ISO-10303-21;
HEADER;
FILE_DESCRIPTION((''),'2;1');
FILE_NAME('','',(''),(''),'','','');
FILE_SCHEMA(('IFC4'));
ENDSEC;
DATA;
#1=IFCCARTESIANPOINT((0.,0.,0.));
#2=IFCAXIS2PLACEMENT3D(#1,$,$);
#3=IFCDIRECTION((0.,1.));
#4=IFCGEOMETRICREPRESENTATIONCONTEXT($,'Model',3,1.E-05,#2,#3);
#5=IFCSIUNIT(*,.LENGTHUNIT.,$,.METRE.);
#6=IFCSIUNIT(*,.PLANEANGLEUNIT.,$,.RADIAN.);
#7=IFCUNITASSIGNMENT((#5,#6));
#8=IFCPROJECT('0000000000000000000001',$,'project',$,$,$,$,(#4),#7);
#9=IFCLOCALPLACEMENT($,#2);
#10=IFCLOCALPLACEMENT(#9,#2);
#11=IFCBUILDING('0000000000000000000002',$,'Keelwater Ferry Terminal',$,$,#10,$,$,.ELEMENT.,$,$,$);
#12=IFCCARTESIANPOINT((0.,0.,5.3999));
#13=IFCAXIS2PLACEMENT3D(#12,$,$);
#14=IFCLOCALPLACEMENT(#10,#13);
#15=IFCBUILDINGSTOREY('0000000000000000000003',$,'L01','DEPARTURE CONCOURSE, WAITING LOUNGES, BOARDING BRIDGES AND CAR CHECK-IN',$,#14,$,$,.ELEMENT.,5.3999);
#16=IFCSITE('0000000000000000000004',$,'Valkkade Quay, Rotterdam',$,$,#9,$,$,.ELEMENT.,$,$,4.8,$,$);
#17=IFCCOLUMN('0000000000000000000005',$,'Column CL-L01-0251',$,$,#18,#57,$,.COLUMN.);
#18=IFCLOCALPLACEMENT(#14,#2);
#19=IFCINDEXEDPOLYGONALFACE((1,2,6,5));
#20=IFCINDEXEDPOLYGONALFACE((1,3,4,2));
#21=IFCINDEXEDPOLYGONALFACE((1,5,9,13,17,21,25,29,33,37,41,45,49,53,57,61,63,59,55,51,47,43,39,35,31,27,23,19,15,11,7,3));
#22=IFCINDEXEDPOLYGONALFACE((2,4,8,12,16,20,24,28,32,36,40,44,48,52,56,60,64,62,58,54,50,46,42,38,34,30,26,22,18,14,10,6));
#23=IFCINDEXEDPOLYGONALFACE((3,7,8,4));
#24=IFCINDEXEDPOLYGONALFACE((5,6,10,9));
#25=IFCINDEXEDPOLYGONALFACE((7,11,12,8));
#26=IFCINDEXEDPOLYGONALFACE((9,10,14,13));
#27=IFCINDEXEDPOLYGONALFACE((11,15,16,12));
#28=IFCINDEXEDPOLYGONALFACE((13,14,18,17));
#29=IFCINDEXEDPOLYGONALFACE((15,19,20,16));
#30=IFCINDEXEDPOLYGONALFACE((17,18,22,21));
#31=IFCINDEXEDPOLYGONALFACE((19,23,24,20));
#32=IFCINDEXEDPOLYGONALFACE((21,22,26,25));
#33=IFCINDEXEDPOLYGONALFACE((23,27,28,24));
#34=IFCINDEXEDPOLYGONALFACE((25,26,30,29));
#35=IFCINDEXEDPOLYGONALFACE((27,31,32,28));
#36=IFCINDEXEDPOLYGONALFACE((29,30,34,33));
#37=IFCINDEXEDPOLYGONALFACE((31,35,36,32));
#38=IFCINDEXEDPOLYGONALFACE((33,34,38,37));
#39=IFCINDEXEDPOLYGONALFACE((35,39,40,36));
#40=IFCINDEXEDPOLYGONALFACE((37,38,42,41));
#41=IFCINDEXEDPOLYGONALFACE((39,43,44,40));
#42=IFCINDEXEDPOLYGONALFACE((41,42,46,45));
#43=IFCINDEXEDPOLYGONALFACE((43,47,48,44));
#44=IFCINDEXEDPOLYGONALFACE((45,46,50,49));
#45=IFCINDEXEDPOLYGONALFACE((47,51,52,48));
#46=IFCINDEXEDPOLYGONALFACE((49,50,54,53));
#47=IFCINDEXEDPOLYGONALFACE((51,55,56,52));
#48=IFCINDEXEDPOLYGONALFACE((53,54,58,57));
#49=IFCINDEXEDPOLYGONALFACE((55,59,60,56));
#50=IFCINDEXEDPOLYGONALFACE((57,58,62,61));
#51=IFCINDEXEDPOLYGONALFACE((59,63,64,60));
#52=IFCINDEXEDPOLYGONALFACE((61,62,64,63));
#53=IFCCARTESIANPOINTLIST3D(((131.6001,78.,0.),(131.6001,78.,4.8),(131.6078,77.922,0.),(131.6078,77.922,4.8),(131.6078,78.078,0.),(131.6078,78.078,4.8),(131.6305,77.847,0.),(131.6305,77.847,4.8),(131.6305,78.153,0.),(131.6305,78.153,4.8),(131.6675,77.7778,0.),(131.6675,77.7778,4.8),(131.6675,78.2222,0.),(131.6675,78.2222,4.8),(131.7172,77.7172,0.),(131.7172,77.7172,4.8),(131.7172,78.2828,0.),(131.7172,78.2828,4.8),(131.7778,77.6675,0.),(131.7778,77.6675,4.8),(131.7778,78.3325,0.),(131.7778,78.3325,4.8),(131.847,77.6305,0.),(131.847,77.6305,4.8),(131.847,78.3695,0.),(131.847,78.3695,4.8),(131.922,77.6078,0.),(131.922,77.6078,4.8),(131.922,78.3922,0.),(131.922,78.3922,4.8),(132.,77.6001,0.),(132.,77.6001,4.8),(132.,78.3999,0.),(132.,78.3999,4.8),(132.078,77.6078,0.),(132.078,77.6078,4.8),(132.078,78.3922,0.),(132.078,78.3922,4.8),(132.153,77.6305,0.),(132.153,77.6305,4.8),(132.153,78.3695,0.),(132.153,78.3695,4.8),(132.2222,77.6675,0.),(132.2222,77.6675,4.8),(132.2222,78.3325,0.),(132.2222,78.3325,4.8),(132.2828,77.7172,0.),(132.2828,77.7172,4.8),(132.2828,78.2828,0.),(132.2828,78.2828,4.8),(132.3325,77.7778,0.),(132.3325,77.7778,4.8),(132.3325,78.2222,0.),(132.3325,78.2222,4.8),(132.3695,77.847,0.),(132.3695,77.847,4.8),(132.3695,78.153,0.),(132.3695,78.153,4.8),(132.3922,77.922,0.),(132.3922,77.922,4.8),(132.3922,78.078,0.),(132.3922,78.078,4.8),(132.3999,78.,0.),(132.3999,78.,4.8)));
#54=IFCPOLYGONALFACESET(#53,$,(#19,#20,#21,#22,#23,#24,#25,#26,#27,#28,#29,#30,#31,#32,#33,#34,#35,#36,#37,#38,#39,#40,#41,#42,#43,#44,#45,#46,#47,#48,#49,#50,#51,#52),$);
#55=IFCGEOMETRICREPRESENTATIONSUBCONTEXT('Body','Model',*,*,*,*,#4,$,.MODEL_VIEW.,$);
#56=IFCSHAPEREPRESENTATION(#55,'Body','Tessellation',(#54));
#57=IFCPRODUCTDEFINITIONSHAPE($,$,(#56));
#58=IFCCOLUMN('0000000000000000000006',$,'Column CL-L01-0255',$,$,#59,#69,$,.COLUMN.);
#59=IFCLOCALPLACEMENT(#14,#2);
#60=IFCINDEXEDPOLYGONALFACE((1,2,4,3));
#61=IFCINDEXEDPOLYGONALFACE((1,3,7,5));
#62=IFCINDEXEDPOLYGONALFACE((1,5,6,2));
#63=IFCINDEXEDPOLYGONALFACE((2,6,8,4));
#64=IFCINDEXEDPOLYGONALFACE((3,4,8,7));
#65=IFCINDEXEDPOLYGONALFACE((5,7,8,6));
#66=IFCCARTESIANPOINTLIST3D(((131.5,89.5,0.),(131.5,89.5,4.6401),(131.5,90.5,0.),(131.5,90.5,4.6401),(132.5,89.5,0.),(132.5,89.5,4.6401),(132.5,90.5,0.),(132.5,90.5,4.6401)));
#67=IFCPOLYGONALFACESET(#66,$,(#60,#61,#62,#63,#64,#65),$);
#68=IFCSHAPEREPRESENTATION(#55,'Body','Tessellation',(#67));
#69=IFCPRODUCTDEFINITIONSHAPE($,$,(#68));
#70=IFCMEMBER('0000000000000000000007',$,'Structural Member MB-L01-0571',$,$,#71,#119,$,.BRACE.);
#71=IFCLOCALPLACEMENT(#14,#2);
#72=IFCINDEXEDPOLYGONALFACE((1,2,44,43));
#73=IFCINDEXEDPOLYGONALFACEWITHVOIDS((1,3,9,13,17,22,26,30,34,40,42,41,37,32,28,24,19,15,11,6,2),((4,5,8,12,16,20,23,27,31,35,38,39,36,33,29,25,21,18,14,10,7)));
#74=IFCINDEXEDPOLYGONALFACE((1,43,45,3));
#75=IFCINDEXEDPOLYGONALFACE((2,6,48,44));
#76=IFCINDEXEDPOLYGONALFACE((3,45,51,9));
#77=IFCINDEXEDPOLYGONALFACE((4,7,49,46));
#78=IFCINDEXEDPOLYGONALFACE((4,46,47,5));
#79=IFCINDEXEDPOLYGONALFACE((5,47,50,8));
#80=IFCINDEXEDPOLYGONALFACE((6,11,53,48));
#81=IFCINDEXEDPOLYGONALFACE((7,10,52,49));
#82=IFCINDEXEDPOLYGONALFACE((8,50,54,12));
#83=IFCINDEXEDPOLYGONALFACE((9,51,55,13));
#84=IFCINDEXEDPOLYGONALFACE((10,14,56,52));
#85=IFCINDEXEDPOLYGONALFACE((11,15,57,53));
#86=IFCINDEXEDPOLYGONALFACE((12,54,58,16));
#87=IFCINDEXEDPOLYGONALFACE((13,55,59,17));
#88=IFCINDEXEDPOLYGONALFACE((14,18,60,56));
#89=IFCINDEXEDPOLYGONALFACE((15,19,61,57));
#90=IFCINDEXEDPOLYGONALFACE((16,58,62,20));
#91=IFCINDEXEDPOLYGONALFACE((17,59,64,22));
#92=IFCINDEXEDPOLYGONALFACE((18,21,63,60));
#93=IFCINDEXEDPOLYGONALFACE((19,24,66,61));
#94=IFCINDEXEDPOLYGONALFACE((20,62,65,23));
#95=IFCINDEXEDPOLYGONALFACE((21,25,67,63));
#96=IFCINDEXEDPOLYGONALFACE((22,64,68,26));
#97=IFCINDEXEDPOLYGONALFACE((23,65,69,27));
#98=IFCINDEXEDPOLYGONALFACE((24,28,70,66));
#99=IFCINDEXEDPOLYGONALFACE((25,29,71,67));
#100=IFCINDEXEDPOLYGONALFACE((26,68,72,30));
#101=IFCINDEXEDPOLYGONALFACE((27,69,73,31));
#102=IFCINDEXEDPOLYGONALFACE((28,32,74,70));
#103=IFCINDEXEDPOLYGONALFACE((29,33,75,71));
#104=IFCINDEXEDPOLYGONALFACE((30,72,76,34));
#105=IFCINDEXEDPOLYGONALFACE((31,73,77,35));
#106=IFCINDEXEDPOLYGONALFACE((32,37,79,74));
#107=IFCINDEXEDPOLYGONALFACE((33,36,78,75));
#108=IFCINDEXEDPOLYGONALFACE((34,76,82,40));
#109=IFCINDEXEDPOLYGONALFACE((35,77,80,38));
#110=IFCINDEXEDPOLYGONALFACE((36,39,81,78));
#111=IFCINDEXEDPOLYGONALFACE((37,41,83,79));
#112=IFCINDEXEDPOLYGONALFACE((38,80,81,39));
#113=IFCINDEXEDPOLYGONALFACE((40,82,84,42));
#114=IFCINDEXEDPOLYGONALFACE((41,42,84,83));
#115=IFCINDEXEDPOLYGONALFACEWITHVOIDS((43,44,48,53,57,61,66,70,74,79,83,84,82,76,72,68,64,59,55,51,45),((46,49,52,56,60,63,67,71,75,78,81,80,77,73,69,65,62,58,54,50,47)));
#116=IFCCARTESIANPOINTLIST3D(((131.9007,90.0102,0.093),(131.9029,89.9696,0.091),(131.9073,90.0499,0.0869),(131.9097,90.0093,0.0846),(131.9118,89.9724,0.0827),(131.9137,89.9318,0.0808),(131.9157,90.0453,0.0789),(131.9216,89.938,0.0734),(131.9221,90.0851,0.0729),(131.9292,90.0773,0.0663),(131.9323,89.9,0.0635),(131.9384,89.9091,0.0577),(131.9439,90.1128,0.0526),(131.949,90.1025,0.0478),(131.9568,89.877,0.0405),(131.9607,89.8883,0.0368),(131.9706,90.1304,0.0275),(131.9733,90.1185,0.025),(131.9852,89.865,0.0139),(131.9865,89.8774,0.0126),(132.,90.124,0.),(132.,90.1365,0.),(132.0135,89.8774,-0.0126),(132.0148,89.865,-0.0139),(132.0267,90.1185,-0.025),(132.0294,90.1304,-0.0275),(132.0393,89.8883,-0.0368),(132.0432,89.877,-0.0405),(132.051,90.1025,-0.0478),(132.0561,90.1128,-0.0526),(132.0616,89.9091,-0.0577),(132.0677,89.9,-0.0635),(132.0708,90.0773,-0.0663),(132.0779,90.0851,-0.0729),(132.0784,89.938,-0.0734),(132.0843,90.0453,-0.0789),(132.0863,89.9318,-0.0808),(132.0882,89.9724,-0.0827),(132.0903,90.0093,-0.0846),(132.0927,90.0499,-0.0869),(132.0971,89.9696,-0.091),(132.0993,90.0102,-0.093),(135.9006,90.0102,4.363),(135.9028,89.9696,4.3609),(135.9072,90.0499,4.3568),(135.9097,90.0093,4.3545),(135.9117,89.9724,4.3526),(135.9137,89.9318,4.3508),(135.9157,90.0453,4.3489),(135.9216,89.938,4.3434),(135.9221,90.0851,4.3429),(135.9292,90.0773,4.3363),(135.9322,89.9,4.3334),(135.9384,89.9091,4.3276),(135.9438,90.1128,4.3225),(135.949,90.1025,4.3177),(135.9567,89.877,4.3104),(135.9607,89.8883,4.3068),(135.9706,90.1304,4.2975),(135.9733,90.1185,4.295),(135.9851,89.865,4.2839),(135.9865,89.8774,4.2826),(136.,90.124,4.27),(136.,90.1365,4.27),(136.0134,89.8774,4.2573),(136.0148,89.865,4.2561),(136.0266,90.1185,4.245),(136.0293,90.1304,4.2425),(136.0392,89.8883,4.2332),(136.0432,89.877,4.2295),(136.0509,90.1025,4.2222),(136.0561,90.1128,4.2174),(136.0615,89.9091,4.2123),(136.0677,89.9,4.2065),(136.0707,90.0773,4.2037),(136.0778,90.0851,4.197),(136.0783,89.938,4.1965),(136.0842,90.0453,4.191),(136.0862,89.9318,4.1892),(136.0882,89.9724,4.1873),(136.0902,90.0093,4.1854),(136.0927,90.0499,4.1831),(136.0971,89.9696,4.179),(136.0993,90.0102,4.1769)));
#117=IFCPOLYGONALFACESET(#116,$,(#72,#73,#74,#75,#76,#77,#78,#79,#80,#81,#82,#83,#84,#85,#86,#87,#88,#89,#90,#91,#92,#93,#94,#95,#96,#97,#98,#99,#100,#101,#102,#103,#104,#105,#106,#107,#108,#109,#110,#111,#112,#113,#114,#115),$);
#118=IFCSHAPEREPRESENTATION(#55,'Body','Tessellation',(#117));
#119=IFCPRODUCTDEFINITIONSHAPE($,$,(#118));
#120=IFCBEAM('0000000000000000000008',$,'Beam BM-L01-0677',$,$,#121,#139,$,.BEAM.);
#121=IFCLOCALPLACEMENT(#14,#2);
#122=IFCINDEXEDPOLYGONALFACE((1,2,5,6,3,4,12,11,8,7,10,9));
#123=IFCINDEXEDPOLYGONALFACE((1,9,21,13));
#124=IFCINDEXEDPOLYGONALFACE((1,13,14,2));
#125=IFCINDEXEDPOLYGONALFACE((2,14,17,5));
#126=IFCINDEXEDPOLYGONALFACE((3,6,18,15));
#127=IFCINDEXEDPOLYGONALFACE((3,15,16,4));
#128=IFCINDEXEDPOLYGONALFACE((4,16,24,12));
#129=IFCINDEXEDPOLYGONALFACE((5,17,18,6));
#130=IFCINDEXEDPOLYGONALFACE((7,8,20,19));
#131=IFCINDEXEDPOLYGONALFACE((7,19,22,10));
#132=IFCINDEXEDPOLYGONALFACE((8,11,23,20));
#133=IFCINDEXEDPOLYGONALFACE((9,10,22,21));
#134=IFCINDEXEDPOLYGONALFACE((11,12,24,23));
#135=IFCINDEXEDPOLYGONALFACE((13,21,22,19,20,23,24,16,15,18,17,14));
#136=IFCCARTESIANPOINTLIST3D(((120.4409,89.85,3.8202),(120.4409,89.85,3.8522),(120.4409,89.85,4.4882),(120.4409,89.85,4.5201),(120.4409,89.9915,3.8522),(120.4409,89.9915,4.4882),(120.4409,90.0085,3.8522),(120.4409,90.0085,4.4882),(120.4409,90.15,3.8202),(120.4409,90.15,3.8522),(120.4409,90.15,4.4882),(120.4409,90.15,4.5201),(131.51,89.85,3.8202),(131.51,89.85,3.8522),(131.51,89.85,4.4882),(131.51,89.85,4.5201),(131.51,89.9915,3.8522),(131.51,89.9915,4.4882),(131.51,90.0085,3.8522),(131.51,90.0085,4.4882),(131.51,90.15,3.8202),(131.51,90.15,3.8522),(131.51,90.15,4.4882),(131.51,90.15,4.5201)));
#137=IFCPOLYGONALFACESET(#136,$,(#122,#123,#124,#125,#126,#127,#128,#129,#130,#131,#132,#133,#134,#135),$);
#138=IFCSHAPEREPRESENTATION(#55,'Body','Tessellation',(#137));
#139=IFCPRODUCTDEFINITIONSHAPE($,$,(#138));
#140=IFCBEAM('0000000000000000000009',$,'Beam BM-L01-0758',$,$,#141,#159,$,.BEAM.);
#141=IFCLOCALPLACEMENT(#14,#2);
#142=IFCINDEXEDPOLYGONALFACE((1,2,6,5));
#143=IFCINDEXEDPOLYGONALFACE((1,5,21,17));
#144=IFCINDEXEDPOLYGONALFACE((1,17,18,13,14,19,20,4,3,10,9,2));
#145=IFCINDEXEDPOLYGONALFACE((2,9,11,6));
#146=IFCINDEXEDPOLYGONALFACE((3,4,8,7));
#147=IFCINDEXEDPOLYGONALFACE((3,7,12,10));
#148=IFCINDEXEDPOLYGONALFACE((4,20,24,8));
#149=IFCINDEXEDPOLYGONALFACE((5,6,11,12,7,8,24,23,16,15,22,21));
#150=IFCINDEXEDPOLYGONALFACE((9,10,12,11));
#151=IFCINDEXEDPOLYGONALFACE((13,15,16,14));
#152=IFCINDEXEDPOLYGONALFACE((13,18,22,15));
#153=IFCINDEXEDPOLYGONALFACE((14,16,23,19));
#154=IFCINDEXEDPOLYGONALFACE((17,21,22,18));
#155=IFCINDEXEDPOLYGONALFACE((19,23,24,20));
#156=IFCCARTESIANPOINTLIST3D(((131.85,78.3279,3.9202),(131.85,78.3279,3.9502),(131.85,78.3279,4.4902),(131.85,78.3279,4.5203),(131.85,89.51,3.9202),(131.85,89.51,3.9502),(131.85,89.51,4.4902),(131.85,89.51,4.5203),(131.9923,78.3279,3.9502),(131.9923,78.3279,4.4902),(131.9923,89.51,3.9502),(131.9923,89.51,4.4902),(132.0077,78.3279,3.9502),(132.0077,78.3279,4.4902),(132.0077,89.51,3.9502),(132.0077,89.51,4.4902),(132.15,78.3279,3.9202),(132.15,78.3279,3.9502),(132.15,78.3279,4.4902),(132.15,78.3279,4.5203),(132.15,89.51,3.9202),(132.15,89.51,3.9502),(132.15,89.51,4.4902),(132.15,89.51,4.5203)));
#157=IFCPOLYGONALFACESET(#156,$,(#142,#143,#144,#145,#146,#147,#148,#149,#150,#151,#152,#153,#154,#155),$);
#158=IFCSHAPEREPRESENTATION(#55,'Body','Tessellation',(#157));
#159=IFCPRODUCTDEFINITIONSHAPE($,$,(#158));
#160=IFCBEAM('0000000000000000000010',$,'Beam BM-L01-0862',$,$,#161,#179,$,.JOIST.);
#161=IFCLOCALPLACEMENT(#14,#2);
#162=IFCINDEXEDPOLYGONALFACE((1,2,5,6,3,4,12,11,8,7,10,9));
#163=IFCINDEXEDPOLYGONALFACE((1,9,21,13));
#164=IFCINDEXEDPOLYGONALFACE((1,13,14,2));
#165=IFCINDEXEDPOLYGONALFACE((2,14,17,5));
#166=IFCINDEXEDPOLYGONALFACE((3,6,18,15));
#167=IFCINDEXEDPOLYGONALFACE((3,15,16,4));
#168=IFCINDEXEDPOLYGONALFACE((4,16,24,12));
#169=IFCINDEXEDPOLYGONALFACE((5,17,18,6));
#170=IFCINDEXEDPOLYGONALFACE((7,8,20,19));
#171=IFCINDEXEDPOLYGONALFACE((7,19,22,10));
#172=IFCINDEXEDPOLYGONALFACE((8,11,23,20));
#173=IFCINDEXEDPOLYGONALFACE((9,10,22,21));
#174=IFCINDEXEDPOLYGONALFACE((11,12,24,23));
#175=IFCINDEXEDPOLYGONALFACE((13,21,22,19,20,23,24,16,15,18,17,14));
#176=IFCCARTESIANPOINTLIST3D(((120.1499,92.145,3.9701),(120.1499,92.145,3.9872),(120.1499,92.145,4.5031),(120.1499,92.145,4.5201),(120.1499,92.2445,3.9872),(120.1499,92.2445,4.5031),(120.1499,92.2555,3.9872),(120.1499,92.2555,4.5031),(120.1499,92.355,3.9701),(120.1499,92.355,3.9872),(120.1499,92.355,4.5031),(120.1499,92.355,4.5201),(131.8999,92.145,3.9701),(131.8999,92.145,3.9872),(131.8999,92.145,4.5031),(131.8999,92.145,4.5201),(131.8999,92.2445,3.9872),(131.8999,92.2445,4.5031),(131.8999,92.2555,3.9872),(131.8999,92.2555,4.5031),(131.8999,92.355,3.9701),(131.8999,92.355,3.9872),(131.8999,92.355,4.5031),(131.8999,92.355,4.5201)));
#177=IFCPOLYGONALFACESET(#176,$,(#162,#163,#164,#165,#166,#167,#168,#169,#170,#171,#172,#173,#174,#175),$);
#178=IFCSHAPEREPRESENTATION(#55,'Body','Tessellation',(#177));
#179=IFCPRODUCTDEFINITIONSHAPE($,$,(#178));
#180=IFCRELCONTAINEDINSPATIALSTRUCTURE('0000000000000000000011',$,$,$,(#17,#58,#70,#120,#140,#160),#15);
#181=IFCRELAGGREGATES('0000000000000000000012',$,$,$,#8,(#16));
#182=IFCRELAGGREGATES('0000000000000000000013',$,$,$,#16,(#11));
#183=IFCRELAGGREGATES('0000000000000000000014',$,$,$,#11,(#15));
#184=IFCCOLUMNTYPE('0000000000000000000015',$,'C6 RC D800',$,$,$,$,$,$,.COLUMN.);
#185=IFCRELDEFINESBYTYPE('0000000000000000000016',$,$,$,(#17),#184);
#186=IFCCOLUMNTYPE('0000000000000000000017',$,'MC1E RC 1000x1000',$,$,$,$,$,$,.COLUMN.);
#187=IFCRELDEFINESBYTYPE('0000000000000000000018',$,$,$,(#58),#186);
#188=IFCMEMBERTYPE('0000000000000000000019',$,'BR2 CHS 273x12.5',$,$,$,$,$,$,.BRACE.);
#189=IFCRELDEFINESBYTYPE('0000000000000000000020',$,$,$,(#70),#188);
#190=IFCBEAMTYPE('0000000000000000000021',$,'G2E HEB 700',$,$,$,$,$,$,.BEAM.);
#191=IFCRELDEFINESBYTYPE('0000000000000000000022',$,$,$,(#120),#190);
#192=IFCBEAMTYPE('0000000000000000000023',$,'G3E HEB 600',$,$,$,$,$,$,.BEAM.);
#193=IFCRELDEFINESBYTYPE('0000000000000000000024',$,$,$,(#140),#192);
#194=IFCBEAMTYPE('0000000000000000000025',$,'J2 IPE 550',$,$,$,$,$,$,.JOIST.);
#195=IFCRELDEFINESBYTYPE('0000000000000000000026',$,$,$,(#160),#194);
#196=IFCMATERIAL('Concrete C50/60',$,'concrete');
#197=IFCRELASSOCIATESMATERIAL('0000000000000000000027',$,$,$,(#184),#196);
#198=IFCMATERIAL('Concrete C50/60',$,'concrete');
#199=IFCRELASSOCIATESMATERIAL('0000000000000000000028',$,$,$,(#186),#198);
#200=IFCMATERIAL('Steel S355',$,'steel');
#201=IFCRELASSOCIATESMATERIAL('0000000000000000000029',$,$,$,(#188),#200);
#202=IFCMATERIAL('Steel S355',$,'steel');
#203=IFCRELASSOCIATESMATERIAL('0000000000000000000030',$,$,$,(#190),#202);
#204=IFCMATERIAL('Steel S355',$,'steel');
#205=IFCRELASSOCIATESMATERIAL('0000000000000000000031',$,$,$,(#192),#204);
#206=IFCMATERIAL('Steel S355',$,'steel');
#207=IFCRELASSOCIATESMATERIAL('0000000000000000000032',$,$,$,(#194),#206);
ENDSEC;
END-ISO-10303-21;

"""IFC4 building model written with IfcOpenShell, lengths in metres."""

from ifc_helpers import new_model, si_unit, direction, frame, origin, origin_2d, place, context, subcontext, project, spatial, rectangle, circle, hollow_circle, i_section, extrude, material, material_profile, profile_set, type_object, element, save


model = new_model("IFC4")

# Units and contexts
model_context = context("Model", 3, precision=1e-05, world=origin(), true_north=direction((0.0, 1.0)))
body_context = subcontext(model_context, "Body", "Model", "MODEL_VIEW")
ifc_project = project(units=[si_unit("LENGTHUNIT", "METRE"), si_unit("PLANEANGLEUNIT", "RADIAN")], contexts=[model_context])

# Site, building, storey
site_placement = place(None, origin())
site = spatial("IfcSite", under=ifc_project, at=site_placement, Name="Valkkade Quay, Rotterdam", CompositionType="ELEMENT", RefElevation=4.8)
building_placement = place(site_placement, origin())
building = spatial("IfcBuilding", under=site, at=building_placement, Name="Keelwater Ferry Terminal", CompositionType="ELEMENT")
storey_placement = place(building_placement, frame((0.0, 0.0, 5.3999)))
storey = spatial("IfcBuildingStorey", under=building, at=storey_placement, Name="L01", Description="DEPARTURE CONCOURSE, WAITING LOUNGES, BOARDING BRIDGES AND CAR CHECK-IN", CompositionType="ELEMENT", Elevation=5.3999)

# Columns
ifc_material_1 = material(Name="Concrete C50/60", Category="concrete")
ifc_material_profile_1 = material_profile(ifc_material_1, circle(Radius=0.3999, at=origin_2d()), Name="RC D800")
ifc_profile_set_1 = profile_set([ifc_material_profile_1], Name="Concrete C50/60")
column_type_1 = type_object("IfcColumnType", Name="C6 RC D800", PredefinedType="COLUMN", material=ifc_profile_set_1)
column_1_placement = place(storey_placement, frame((132.0, 78.0, 0.0), z_axis=(0.0, 0.0, 1.0), x_axis=(1.0, 0.0, 0.0)))
element("IfcColumn", 1, at=column_1_placement, inside=storey, type_object=column_type_1, Name="Column CL-L01-0251", PredefinedType="COLUMN", context=body_context, shape_type="SweptSolid", body=[
    extrude(circle(Radius=0.3999, at=origin_2d()), origin(), (0.0, 0.0, 1.0), 4.8),
])
ifc_material_2 = material(Name="Concrete C50/60", Category="concrete")
ifc_material_profile_2 = material_profile(ifc_material_2, rectangle(XDim=1.0, YDim=1.0, at=origin_2d()), Name="RC 1000x1000")
ifc_profile_set_2 = profile_set([ifc_material_profile_2], Name="Concrete C50/60")
column_type_2 = type_object("IfcColumnType", Name="MC1E RC 1000x1000", PredefinedType="COLUMN", material=ifc_profile_set_2)
column_2_placement = place(storey_placement, frame((132.0, 90.0, 0.0), z_axis=(0.0, 0.0, 1.0), x_axis=(1.0, 0.0, 0.0)))
element("IfcColumn", 2, at=column_2_placement, inside=storey, type_object=column_type_2, Name="Column CL-L01-0255", PredefinedType="COLUMN", context=body_context, shape_type="SweptSolid", body=[
    extrude(rectangle(XDim=1.0, YDim=1.0, at=origin_2d()), origin(), (0.0, 0.0, 1.0), 4.6401),
])

# Member
ifc_material_3 = material(Name="Steel S355", Category="steel")
ifc_material_profile_3 = material_profile(ifc_material_3, hollow_circle(Radius=0.1365, WallThickness=0.0125, at=origin_2d()), Name="CHS 273x12.5")
ifc_profile_set_3 = profile_set([ifc_material_profile_3], Name="Steel S355")
member_type = type_object("IfcMemberType", Name="BR2 CHS 273x12.5", PredefinedType="BRACE", material=ifc_profile_set_3)
member_placement = place(storey_placement, frame((132.0, 90.0, 0.0), z_axis=(0.683655, 0.0, 0.729805), x_axis=(0.0, 1.0, 0.0)))
element("IfcMember", 3, at=member_placement, inside=storey, type_object=member_type, Name="Structural Member MB-L01-0571", PredefinedType="BRACE", context=body_context, shape_type="SweptSolid", body=[
    extrude(hollow_circle(Radius=0.1365, WallThickness=0.0125, at=origin_2d()), origin(), (0.0, 0.0, 1.0), 5.8508),
])

# Beams
ifc_material_4 = material(Name="Steel S355", Category="steel")
ifc_material_profile_4 = material_profile(ifc_material_4, i_section(OverallWidth=0.3, OverallDepth=0.7, WebThickness=0.0171, FlangeThickness=0.032, at=origin_2d()), Name="HEB 700")
ifc_profile_set_4 = profile_set([ifc_material_profile_4], Name="Steel S355")
beam_type_1 = type_object("IfcBeamType", Name="G2E HEB 700", PredefinedType="BEAM", material=ifc_profile_set_4)
beam_1_placement = place(storey_placement, frame((120.4409, 90.0, 4.1702), z_axis=(1.0, 0.0, 0.0), x_axis=(0.0, 1.0, 0.0)))
element("IfcBeam", 4, at=beam_1_placement, inside=storey, type_object=beam_type_1, Name="Beam BM-L01-0677", PredefinedType="BEAM", context=body_context, shape_type="SweptSolid", body=[
    extrude(i_section(OverallWidth=0.3, OverallDepth=0.7, WebThickness=0.0171, FlangeThickness=0.032, at=origin_2d()), origin(), (0.0, 0.0, 1.0), 11.0691),
])
ifc_material_5 = material(Name="Steel S355", Category="steel")
ifc_material_profile_5 = material_profile(ifc_material_5, i_section(OverallWidth=0.3, OverallDepth=0.6001, WebThickness=0.0154, FlangeThickness=0.03, at=origin_2d()), Name="HEB 600")
ifc_profile_set_5 = profile_set([ifc_material_profile_5], Name="Steel S355")
beam_type_2 = type_object("IfcBeamType", Name="G3E HEB 600", PredefinedType="BEAM", material=ifc_profile_set_5)
beam_2_placement = place(storey_placement, frame((132.0, 78.3279, 4.2202), z_axis=(0.0, 1.0, 0.0), x_axis=(-1.0, 0.0, 0.0)))
element("IfcBeam", 5, at=beam_2_placement, inside=storey, type_object=beam_type_2, Name="Beam BM-L01-0758", PredefinedType="BEAM", context=body_context, shape_type="SweptSolid", body=[
    extrude(i_section(OverallWidth=0.3, OverallDepth=0.6001, WebThickness=0.0154, FlangeThickness=0.03, at=origin_2d()), origin(), (0.0, 0.0, 1.0), 11.1821),
])
ifc_material_6 = material(Name="Steel S355", Category="steel")
ifc_material_profile_6 = material_profile(ifc_material_6, i_section(OverallWidth=0.21, OverallDepth=0.55, WebThickness=0.011, FlangeThickness=0.0171, at=origin_2d()), Name="IPE 550")
ifc_profile_set_6 = profile_set([ifc_material_profile_6], Name="Steel S355")
beam_type_3 = type_object("IfcBeamType", Name="J2 IPE 550", PredefinedType="JOIST", material=ifc_profile_set_6)
for number, where, z_axis, x_axis, name in (
    (6, (120.1499, 92.25, 4.2451), (1.0, 0.0, 0.0), (0.0, 1.0, 0.0), "Beam BM-L01-0862"),
):
    element("IfcBeam", number, at=place(storey_placement, frame(where, z_axis=z_axis, x_axis=x_axis)), inside=storey, type_object=beam_type_3, Name=name, PredefinedType="JOIST", context=body_context, shape_type="SweptSolid", body=[
        extrude(i_section(OverallWidth=0.21, OverallDepth=0.55, WebThickness=0.011, FlangeThickness=0.0171, at=origin_2d()), origin(), (0.0, 0.0, 1.0), 11.75),
    ])

save(model, "model.ifc")
